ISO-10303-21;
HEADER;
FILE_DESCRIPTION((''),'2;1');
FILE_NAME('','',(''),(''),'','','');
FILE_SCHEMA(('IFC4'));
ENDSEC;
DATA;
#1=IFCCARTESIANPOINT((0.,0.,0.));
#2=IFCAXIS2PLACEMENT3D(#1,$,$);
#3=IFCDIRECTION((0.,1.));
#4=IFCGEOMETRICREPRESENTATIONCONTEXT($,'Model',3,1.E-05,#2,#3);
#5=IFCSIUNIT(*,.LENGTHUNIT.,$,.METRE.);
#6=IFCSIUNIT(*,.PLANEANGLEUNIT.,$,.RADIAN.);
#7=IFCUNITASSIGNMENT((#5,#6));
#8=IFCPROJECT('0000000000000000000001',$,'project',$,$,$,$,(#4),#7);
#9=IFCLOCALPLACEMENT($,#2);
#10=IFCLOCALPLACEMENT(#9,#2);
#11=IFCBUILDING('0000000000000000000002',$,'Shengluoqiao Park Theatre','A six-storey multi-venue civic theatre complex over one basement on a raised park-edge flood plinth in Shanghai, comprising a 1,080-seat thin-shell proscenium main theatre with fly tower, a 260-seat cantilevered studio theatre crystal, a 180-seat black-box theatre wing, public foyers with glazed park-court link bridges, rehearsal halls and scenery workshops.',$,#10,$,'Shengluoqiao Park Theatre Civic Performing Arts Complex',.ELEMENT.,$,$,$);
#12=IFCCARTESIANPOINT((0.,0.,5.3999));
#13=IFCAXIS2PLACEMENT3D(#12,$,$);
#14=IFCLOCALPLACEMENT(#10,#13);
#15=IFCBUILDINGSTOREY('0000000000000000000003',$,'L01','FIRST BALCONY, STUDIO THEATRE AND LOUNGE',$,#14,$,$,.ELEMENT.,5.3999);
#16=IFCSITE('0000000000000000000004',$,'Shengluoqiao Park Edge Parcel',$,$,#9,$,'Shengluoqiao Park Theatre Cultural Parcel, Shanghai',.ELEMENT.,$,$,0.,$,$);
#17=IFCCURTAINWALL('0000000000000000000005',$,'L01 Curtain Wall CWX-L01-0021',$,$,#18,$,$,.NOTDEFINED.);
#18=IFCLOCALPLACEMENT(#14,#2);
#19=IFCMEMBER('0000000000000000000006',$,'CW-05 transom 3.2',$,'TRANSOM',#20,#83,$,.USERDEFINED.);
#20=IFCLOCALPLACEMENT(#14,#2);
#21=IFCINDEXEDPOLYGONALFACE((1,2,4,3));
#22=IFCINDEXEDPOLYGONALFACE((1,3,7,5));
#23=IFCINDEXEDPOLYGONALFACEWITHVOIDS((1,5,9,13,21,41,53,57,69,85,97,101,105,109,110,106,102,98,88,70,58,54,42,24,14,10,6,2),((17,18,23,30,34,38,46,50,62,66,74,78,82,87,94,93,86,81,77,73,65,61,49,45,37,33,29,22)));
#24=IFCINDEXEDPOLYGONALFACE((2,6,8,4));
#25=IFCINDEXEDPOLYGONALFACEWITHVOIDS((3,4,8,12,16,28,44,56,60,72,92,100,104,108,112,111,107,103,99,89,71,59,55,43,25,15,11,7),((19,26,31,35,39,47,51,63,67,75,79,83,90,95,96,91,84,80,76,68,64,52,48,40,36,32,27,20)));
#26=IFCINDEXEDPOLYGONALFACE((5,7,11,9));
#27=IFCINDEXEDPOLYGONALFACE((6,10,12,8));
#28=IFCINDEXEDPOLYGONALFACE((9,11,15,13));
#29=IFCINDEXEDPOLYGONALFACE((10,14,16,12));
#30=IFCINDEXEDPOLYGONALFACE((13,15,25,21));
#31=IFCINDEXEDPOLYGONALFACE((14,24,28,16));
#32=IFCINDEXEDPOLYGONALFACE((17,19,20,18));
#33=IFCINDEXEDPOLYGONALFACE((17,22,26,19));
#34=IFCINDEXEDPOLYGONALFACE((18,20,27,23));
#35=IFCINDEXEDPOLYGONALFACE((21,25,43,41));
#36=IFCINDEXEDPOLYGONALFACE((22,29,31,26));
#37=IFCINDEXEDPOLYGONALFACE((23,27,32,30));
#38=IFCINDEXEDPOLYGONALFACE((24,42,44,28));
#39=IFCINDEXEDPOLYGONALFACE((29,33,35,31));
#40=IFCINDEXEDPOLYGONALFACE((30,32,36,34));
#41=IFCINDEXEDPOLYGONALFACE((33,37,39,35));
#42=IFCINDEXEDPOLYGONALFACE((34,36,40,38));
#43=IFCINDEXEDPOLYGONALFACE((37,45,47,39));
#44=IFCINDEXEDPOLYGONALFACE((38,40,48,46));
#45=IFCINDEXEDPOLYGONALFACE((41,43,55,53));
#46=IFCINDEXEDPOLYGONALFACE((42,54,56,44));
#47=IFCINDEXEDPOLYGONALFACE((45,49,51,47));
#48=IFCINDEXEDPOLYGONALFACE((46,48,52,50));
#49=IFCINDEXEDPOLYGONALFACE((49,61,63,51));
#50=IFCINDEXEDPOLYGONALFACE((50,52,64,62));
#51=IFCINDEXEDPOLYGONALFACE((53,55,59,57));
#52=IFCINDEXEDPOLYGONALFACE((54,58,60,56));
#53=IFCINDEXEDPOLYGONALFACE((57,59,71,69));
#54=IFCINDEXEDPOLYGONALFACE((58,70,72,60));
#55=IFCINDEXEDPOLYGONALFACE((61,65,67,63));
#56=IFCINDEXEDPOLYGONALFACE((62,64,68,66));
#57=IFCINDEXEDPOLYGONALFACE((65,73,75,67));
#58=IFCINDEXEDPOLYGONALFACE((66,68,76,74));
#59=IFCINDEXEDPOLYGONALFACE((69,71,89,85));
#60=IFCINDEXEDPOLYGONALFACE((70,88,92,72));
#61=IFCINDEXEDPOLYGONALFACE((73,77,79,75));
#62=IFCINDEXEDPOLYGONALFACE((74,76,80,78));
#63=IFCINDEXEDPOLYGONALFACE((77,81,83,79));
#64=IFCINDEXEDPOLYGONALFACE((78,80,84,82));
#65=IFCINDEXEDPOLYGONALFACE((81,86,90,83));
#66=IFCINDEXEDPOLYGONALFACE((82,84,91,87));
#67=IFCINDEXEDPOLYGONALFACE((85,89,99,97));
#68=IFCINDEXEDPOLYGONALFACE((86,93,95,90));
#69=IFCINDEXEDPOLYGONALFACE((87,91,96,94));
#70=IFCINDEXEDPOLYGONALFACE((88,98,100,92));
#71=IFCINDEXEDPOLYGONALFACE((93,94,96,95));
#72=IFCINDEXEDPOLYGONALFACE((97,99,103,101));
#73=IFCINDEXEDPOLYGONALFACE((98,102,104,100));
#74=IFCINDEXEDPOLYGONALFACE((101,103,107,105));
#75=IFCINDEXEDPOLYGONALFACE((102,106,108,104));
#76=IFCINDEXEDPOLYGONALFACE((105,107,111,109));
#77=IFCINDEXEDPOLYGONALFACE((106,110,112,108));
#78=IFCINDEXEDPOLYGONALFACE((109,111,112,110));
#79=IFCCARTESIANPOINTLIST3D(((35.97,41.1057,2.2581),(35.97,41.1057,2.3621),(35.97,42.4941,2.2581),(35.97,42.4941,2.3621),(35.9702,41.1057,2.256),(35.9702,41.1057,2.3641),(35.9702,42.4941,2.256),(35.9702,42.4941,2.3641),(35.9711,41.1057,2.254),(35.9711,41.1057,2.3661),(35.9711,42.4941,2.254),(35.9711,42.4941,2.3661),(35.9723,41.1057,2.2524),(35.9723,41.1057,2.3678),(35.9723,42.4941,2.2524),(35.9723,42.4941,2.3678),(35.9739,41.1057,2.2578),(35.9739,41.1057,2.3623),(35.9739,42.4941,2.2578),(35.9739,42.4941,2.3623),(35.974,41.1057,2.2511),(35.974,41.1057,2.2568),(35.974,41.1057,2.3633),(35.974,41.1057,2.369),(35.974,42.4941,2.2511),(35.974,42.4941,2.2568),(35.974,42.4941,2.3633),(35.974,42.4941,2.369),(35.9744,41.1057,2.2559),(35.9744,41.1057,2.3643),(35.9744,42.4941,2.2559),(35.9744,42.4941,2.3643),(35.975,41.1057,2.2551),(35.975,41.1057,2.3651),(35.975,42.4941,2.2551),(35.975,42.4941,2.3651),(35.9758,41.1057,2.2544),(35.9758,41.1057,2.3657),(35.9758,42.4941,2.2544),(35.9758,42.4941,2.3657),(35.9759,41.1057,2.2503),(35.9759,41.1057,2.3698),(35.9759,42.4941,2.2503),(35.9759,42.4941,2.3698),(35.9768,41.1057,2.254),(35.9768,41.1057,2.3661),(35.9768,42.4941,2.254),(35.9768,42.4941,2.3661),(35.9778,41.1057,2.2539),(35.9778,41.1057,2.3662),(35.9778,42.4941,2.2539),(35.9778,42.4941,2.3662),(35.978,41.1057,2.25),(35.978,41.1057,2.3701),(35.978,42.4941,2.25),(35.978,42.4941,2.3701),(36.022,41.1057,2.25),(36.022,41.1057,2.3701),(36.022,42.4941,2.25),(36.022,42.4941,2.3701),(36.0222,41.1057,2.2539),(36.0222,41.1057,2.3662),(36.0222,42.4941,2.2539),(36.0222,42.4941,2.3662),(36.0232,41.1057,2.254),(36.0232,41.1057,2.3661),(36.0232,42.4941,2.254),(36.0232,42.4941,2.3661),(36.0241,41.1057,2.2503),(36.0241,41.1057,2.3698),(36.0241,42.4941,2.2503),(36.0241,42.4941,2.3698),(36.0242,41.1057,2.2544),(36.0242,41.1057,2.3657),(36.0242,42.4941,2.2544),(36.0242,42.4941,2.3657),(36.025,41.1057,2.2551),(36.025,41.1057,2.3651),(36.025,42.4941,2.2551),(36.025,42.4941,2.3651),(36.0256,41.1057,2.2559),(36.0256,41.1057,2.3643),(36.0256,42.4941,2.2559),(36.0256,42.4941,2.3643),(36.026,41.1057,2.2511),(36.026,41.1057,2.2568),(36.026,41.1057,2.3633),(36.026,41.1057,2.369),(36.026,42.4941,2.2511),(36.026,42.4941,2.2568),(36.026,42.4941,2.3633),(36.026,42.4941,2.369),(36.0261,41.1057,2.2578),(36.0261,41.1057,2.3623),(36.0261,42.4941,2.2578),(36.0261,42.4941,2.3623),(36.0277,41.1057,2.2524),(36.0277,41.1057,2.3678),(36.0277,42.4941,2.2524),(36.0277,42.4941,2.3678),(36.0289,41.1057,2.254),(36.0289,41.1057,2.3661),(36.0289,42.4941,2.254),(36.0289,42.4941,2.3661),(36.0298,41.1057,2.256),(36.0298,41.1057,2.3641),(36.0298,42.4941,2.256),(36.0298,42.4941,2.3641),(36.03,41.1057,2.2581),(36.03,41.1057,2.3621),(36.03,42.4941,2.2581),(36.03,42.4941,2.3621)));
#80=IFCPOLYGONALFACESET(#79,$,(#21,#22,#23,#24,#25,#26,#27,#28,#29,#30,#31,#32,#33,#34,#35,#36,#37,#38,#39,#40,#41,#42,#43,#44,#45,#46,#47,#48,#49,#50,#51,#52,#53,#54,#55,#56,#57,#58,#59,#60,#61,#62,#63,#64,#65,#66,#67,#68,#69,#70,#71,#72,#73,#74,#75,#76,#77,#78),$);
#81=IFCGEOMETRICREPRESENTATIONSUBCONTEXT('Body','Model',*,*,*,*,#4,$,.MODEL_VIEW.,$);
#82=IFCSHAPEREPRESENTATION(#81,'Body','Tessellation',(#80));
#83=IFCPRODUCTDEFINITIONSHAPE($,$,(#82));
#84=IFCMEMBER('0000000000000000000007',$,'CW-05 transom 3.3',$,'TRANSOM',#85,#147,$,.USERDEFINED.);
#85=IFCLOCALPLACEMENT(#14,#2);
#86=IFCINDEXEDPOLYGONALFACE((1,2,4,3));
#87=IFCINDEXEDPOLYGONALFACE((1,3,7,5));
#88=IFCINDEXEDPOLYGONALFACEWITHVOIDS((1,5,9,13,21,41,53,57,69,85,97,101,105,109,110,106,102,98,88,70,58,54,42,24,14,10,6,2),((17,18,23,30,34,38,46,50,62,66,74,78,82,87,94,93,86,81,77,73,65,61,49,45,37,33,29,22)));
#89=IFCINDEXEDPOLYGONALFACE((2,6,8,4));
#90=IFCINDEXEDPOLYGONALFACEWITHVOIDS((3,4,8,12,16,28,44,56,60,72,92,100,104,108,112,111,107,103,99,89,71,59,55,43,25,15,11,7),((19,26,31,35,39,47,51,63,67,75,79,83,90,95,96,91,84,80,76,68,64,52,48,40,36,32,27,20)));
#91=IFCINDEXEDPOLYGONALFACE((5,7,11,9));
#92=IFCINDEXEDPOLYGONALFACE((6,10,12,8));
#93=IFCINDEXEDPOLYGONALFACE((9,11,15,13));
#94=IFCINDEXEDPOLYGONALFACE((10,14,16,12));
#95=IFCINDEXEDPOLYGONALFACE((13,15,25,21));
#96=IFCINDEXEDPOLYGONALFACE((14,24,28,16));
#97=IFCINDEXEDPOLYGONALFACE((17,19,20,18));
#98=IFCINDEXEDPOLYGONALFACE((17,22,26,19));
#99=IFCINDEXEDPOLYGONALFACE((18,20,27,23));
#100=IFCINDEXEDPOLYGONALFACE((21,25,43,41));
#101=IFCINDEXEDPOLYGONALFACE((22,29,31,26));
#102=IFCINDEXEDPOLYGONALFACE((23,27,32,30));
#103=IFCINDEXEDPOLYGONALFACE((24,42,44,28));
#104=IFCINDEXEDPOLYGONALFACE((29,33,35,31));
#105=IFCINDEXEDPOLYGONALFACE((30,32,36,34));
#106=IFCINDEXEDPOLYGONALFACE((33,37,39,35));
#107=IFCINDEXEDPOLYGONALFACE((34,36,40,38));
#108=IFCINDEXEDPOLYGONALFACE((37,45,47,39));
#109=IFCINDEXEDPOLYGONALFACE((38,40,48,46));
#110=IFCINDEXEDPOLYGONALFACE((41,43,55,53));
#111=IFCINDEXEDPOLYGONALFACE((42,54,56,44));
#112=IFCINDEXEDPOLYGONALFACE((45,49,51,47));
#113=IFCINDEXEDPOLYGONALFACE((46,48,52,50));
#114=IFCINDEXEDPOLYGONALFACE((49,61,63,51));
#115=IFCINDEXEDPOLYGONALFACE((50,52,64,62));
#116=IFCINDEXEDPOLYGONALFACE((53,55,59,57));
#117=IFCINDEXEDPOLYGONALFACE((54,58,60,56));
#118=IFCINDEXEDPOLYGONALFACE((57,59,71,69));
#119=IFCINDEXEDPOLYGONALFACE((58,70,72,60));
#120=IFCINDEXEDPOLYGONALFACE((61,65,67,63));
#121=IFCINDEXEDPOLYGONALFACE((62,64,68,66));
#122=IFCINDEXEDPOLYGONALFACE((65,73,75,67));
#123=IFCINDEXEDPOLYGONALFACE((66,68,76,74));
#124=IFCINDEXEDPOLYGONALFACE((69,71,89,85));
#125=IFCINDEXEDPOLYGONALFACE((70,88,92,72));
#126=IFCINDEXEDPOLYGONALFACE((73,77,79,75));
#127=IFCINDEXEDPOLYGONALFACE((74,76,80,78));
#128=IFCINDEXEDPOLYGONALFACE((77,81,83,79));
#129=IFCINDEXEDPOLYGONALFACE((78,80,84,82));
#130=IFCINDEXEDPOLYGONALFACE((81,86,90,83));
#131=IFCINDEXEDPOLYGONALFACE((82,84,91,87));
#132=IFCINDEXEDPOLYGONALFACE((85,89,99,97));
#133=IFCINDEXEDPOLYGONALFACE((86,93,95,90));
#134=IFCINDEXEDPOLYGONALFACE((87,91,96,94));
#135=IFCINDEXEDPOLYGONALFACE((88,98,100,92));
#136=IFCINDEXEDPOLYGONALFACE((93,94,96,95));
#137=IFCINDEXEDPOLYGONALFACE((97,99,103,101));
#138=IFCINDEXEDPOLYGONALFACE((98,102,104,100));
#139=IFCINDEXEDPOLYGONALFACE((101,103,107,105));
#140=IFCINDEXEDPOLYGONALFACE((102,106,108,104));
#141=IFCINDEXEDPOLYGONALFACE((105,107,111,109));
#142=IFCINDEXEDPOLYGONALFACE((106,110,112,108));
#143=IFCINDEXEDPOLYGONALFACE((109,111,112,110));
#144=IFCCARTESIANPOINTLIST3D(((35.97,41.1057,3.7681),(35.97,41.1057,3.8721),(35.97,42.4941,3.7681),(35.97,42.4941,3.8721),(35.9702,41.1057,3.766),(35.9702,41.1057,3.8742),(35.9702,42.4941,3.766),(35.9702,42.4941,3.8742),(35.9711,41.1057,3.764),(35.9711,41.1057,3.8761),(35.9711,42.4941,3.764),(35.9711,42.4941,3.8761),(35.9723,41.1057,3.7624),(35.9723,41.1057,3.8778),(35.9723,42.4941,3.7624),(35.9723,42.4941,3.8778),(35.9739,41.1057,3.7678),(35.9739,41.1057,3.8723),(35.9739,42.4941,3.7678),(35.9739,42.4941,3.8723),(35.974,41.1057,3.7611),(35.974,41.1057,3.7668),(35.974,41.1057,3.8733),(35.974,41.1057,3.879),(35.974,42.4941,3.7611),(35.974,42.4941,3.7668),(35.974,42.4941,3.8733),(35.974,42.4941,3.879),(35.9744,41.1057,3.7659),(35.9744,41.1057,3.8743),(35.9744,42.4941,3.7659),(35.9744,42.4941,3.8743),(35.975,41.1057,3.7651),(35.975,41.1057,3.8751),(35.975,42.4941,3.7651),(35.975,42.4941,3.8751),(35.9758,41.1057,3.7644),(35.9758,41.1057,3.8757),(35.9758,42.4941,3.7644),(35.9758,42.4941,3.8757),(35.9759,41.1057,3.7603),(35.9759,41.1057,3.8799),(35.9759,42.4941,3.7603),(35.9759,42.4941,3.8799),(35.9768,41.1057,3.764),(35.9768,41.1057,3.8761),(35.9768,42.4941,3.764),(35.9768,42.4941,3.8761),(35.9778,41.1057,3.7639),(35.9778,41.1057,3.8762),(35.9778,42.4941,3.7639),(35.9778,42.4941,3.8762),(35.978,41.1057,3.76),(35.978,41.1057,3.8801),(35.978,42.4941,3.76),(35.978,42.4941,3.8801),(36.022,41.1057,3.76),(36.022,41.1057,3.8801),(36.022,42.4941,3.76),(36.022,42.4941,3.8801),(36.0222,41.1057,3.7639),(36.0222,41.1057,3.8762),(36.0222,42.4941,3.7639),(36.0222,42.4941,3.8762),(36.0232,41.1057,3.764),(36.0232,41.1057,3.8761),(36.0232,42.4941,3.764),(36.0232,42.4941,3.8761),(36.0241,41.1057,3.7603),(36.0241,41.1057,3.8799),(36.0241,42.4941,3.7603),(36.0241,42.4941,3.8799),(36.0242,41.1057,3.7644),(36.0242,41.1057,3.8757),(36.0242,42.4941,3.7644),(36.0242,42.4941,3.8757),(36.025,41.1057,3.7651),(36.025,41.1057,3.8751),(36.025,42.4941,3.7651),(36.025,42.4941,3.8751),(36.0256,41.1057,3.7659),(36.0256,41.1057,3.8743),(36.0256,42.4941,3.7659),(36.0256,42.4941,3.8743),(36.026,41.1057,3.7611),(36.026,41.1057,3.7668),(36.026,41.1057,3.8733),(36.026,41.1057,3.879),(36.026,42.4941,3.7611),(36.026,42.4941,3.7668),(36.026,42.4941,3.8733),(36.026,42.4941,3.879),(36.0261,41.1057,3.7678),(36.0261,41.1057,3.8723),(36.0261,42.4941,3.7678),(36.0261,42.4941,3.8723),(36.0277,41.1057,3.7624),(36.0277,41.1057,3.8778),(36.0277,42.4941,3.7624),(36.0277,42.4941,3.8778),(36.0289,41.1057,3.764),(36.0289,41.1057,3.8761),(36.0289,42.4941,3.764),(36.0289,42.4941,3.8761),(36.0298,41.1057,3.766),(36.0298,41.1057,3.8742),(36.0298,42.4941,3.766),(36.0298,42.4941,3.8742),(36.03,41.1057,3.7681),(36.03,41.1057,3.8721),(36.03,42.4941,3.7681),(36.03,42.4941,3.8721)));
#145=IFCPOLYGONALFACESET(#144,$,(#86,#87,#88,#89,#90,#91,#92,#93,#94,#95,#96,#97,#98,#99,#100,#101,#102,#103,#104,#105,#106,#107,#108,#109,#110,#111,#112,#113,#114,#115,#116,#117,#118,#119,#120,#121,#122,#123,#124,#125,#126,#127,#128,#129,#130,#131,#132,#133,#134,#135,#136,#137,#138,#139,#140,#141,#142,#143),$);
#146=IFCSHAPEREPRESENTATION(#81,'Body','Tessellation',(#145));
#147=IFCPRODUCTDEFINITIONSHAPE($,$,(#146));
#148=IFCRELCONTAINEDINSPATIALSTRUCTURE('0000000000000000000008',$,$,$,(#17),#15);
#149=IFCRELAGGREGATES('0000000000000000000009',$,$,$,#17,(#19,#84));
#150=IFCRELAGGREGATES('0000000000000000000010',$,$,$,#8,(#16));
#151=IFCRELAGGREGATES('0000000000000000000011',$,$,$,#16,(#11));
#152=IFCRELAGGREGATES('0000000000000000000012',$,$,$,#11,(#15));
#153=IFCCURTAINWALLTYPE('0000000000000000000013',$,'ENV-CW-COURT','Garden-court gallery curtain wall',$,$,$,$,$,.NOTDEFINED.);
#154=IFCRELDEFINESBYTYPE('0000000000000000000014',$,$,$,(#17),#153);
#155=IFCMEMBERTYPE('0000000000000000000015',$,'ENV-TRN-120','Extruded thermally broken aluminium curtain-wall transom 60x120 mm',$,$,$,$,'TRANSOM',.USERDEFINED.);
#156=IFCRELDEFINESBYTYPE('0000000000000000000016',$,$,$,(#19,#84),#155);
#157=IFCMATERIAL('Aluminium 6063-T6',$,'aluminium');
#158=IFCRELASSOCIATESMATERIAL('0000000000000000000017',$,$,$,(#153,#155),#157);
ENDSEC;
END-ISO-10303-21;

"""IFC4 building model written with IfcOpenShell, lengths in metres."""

from ifc_helpers import new_model, si_unit, direction, frame, origin, origin_2d, place, context, subcontext, project, spatial, hollow_rectangle, extrude, material, material_profile, profile_set, type_object, element, aggregate, save


model = new_model("IFC4")

# Units and contexts
model_context = context("Model", 3, precision=1e-05, world=origin(), true_north=direction((0.0, 1.0)))
body_context = subcontext(model_context, "Body", "Model", "MODEL_VIEW")
ifc_project = project(units=[si_unit("LENGTHUNIT", "METRE"), si_unit("PLANEANGLEUNIT", "RADIAN")], contexts=[model_context])

# Site, building, storey
site_placement = place(None, origin())
site = spatial("IfcSite", under=ifc_project, at=site_placement, Name="Shengluoqiao Park Edge Parcel", LongName="Shengluoqiao Park Theatre Cultural Parcel, Shanghai", CompositionType="ELEMENT", RefElevation=0.0)
building_placement = place(site_placement, origin())
building = spatial("IfcBuilding", under=site, at=building_placement, Name="Shengluoqiao Park Theatre", Description="A six-storey multi-venue civic theatre complex over one basement on a raised park-edge flood plinth in Shanghai, comprising a 1,080-seat thin-shell proscenium main theatre with fly tower, a 260-seat cantilevered studio theatre crystal, a 180-seat black-box theatre wing, public foyers with glazed park-court link bridges, rehearsal halls and scenery workshops.", LongName="Shengluoqiao Park Theatre Civic Performing Arts Complex", CompositionType="ELEMENT")
storey_placement = place(building_placement, frame((0.0, 0.0, 5.3999)))
storey = spatial("IfcBuildingStorey", under=building, at=storey_placement, Name="L01", Description="FIRST BALCONY, STUDIO THEATRE AND LOUNGE", CompositionType="ELEMENT", Elevation=5.3999)

# Curtain wall
ifc_material_1 = material(Name="Aluminium 6063-T6", Category="aluminium")
curtain_wall_type = type_object("IfcCurtainWallType", Name="ENV-CW-COURT", Description="Garden-court gallery curtain wall", PredefinedType="NOTDEFINED", material=ifc_material_1)
curtain_wall_1_placement = place(storey_placement, origin())
curtain_wall_1 = element("IfcCurtainWall", 1, at=curtain_wall_1_placement, inside=storey, type_object=curtain_wall_type, Name="L01 Curtain Wall CWX-L01-0021", PredefinedType="NOTDEFINED")

# Members
ifc_material_profile_1 = material_profile(ifc_material_1, hollow_rectangle(XDim=0.0601, YDim=0.1201, WallThickness=0.0039, InnerFilletRadius=0.0039, OuterFilletRadius=0.0081, at=origin_2d()), Name="ALU TRANSOM 120x60x4")
ifc_profile_set_1 = profile_set([ifc_material_profile_1], Name="Aluminium 6063-T6")
member_type_1 = type_object("IfcMemberType", Name="ENV-TRN-120", Description="Extruded thermally broken aluminium curtain-wall transom 60x120 mm", ElementType="TRANSOM", PredefinedType="USERDEFINED", material=ifc_profile_set_1)
member_1_placement = place(storey_placement, frame((36.0, 41.1057, 2.3101), z_axis=(0.0, 1.0, 0.0), x_axis=(-1.0, 0.0, 0.0)))
member_1 = element("IfcMember", 2, at=member_1_placement, type_object=member_type_1, Name="CW-05 transom 3.2", ObjectType="TRANSOM", PredefinedType="USERDEFINED", context=body_context, shape_type="SweptSolid", body=[
    extrude(hollow_rectangle(XDim=0.0601, YDim=0.1201, WallThickness=0.0039, InnerFilletRadius=0.0039, OuterFilletRadius=0.0081, at=origin_2d()), origin(), (0.0, 0.0, 1.0), 1.3884),
])
member_2_placement = place(storey_placement, frame((36.0, 41.1057, 3.8201), z_axis=(0.0, 1.0, 0.0), x_axis=(-1.0, 0.0, 0.0)))
member_2 = element("IfcMember", 3, at=member_2_placement, type_object=member_type_1, Name="CW-05 transom 3.3", ObjectType="TRANSOM", PredefinedType="USERDEFINED", context=body_context, shape_type="SweptSolid", body=[
    extrude(hollow_rectangle(XDim=0.0601, YDim=0.1201, WallThickness=0.0039, InnerFilletRadius=0.0039, OuterFilletRadius=0.0081, at=origin_2d()), origin(), (0.0, 0.0, 1.0), 1.3884),
])

aggregate(curtain_wall_1, [member_1, member_2])

save(model, "model.ifc")
